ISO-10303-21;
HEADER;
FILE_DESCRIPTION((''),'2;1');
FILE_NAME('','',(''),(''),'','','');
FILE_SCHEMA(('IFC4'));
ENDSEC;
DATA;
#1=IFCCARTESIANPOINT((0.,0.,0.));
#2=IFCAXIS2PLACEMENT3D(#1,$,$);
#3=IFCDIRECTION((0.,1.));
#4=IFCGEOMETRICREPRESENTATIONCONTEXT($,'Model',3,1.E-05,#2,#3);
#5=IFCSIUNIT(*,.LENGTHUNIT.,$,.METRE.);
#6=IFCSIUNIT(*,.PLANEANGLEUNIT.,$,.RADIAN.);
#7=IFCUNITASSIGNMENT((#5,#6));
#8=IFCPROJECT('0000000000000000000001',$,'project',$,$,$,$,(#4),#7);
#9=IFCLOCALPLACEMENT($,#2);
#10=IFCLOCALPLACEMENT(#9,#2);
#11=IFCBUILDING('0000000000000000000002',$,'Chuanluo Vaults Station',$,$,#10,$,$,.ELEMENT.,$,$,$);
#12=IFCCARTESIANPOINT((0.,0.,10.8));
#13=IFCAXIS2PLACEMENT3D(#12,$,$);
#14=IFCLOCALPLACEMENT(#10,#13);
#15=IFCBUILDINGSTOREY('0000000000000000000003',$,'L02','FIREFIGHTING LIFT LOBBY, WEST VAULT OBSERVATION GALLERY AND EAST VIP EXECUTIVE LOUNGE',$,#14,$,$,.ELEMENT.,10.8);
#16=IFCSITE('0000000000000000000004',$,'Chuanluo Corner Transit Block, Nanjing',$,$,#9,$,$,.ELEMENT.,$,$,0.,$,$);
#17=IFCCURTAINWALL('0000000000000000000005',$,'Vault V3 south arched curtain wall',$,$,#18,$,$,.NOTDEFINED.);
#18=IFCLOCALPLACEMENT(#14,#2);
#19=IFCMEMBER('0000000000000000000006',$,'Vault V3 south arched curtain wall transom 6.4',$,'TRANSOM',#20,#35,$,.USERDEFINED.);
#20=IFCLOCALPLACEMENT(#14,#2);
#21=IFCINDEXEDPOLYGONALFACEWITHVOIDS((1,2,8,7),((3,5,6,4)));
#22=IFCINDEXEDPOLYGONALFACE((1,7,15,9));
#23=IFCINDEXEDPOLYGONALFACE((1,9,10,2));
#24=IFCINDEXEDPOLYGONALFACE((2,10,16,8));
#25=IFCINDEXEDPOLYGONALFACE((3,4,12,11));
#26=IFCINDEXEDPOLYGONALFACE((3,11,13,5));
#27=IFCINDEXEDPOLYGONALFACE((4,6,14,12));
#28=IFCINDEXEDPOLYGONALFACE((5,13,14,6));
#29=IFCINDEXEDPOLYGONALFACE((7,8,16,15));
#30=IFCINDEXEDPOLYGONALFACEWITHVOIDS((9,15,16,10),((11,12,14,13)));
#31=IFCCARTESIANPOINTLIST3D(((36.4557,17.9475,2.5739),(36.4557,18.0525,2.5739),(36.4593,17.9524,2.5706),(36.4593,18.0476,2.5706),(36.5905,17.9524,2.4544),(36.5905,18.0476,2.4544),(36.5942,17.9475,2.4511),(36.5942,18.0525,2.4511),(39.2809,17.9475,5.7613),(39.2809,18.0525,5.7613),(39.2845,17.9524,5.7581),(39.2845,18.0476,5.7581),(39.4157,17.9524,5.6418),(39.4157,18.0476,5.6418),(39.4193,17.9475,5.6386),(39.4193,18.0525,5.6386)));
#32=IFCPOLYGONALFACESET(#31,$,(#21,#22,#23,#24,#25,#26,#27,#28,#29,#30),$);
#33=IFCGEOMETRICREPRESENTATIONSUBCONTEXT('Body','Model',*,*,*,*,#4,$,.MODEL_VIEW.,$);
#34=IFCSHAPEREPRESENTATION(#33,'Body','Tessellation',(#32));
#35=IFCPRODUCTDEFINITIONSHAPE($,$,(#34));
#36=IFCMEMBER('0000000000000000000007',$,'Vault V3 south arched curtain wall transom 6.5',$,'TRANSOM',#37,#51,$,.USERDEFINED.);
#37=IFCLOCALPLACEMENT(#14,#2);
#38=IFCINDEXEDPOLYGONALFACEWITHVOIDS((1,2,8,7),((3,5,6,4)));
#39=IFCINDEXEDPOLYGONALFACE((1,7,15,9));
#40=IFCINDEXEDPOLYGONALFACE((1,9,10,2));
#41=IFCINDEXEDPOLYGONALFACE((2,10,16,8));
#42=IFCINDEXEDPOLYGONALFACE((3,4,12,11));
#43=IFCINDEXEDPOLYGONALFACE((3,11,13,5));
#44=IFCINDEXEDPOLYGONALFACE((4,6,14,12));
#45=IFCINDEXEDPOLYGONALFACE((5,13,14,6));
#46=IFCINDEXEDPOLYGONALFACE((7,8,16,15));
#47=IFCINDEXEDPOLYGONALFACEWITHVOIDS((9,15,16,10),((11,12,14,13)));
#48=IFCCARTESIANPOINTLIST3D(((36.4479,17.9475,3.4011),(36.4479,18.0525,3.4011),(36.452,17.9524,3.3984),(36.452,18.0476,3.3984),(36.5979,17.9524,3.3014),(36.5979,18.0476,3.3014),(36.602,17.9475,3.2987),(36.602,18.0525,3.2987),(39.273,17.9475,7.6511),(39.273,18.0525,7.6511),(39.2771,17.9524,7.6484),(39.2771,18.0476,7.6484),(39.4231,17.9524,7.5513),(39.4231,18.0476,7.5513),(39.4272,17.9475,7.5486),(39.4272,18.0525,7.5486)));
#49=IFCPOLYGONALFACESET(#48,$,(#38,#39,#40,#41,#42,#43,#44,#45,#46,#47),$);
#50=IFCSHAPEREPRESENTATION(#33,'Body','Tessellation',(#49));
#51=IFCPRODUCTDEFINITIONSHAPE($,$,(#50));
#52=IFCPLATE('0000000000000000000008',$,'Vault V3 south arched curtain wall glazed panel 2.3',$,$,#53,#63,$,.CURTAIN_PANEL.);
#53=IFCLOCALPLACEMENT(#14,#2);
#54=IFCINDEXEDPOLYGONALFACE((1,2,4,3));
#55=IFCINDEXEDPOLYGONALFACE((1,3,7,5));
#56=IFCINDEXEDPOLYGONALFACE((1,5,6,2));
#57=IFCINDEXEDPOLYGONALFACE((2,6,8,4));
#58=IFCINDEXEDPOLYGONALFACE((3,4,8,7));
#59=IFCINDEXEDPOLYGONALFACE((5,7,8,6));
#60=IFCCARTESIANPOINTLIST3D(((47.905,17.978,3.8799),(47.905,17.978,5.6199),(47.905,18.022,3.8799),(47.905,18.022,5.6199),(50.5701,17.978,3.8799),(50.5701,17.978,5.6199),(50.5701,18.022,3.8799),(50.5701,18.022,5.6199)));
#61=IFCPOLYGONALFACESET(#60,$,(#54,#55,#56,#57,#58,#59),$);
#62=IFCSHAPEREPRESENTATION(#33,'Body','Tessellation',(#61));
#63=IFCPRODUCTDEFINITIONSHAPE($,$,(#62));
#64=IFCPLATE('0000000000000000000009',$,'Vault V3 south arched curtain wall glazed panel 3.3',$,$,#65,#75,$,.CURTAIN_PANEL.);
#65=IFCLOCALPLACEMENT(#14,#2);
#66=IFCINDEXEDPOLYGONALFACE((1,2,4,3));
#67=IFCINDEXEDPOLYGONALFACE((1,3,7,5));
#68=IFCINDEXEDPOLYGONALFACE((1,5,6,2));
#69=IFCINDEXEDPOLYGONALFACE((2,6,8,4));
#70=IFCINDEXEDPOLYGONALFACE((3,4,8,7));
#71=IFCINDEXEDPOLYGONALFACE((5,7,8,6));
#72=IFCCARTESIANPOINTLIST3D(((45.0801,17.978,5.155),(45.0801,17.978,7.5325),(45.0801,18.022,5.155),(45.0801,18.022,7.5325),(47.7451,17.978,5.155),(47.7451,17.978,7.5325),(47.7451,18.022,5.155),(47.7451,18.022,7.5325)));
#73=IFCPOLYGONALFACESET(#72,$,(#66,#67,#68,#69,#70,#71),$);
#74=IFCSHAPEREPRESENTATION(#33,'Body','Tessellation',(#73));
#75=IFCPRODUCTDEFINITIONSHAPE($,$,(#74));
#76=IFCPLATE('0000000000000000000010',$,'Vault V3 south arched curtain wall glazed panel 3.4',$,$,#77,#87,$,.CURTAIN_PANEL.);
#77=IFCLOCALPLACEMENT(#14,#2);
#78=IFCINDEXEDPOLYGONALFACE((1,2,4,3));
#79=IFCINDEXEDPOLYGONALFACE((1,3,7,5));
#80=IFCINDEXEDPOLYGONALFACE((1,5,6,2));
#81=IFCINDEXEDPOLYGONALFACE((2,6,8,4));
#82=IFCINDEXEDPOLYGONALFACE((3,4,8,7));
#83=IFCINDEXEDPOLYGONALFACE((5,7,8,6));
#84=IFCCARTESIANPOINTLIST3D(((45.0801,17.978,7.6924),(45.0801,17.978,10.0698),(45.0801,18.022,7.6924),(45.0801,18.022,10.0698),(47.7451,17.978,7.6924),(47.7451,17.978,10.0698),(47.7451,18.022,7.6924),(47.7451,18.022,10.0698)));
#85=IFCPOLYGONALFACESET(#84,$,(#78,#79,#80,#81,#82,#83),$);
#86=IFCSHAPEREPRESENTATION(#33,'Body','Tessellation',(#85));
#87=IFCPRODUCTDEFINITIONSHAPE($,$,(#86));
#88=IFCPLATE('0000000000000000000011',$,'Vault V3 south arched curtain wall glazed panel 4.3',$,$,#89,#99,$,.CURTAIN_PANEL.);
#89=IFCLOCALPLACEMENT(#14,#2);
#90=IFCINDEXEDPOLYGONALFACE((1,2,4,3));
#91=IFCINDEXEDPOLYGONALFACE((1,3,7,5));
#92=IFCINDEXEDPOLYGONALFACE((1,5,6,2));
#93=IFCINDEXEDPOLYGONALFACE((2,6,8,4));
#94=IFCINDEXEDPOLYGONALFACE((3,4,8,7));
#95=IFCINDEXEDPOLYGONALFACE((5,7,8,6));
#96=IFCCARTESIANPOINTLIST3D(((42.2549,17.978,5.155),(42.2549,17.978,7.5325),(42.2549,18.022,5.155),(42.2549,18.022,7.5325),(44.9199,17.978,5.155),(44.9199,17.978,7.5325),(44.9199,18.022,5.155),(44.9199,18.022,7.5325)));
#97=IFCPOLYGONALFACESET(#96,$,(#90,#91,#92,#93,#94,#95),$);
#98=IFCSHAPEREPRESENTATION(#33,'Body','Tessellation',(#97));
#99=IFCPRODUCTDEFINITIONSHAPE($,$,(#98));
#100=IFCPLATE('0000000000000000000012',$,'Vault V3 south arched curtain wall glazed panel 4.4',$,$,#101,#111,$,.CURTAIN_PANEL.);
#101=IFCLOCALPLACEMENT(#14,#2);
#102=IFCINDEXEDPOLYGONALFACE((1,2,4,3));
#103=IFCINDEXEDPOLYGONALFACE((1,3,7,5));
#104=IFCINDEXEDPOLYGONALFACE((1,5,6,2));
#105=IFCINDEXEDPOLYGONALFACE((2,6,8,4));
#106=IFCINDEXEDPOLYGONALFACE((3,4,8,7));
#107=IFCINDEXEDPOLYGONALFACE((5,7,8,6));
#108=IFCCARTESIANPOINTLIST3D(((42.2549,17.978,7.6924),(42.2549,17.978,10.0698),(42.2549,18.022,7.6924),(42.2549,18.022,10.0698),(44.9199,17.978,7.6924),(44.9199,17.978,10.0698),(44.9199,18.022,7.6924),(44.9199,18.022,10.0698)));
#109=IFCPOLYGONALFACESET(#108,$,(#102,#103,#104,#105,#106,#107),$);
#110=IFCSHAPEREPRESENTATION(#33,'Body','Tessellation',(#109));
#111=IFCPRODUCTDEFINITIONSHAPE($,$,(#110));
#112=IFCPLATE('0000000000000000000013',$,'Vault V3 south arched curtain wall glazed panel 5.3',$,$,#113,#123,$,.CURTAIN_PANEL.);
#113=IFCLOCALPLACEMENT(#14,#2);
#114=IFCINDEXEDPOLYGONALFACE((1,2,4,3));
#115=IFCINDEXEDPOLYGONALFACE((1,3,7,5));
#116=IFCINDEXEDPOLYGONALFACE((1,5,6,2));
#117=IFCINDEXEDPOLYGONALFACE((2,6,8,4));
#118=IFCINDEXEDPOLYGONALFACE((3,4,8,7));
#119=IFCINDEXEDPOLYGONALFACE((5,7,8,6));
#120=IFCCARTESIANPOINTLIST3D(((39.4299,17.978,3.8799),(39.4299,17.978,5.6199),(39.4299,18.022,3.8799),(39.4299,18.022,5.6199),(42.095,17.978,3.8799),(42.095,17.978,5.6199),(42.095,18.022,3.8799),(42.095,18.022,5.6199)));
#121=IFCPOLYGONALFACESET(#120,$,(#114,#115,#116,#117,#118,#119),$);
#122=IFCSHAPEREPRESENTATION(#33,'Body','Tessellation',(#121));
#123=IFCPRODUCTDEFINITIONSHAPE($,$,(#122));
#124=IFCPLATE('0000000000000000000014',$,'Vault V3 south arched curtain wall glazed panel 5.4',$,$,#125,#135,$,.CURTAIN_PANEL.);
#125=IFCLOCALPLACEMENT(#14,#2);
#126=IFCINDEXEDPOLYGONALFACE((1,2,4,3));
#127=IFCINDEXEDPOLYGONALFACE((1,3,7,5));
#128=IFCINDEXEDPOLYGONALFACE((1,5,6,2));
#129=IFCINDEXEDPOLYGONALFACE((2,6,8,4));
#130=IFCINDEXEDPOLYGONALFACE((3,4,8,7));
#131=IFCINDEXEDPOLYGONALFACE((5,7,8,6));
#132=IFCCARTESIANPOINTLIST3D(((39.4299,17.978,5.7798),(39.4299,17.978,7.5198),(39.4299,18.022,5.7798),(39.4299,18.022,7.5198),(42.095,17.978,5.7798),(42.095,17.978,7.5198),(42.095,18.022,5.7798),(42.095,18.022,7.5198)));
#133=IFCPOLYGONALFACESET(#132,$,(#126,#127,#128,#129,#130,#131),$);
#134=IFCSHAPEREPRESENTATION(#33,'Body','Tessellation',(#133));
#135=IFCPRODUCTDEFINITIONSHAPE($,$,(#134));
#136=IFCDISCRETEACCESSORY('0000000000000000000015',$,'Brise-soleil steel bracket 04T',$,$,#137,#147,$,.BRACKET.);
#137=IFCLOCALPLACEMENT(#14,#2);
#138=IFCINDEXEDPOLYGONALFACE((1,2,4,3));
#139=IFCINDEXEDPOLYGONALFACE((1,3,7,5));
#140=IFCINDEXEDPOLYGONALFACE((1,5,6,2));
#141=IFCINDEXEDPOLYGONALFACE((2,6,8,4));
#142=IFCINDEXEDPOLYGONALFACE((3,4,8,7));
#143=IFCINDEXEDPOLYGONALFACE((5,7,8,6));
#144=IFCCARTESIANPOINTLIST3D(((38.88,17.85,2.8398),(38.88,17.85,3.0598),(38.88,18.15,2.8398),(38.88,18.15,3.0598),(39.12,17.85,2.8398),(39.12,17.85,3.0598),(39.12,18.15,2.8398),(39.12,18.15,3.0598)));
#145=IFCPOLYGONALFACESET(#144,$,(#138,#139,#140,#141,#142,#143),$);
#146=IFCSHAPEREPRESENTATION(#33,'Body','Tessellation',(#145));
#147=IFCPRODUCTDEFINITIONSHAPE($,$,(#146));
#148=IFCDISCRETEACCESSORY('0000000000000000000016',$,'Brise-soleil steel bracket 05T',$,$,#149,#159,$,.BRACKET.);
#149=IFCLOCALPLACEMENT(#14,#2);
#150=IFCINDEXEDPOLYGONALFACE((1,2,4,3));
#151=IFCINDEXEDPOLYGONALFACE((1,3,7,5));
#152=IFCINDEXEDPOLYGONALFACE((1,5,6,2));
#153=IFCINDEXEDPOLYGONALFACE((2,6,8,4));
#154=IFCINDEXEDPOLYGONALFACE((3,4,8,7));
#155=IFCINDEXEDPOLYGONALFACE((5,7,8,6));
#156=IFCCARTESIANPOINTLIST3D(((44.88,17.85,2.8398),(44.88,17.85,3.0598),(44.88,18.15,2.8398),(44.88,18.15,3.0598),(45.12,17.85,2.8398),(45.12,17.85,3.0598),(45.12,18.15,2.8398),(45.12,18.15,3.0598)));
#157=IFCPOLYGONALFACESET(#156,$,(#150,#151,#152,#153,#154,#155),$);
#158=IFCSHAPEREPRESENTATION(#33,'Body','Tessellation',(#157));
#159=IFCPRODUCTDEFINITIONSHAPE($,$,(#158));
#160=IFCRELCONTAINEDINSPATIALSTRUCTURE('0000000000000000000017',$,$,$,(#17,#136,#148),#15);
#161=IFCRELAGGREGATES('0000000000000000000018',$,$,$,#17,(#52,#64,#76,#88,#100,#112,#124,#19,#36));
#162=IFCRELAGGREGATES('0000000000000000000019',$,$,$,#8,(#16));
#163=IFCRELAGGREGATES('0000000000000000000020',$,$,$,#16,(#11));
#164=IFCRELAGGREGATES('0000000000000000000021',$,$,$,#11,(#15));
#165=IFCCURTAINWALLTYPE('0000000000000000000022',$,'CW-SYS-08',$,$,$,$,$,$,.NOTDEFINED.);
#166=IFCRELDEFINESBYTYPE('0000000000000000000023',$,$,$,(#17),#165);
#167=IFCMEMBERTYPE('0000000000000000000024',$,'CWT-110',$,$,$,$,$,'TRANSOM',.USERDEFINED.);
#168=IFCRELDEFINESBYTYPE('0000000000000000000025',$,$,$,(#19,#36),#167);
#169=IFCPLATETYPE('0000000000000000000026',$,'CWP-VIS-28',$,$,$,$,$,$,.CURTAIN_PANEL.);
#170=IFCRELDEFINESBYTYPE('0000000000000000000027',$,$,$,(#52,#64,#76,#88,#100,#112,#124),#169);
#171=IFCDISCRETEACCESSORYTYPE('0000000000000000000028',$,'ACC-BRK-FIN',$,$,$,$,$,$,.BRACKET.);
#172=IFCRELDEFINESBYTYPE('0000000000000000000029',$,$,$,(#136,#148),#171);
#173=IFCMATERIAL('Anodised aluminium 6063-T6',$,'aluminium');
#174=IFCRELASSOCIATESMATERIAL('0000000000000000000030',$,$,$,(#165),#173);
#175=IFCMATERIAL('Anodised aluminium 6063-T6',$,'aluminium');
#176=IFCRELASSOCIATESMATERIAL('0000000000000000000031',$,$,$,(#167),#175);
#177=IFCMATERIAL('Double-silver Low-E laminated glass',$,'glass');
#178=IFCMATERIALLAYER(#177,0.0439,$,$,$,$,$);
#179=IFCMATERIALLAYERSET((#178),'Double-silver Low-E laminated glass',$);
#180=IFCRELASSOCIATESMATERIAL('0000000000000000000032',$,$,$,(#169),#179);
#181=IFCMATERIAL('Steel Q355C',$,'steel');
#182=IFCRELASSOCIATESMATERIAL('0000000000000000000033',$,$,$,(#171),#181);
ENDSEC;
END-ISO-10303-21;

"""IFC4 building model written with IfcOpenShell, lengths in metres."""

from ifc_helpers import new_model, si_unit, direction, frame, origin, origin_2d, place, context, subcontext, project, spatial, rectangle, hollow_rectangle, extrude, material, layer, layer_set, material_profile, profile_set, type_object, element, aggregate, save


model = new_model("IFC4")

# Units and contexts
model_context = context("Model", 3, precision=1e-05, world=origin(), true_north=direction((0.0, 1.0)))
body_context = subcontext(model_context, "Body", "Model", "MODEL_VIEW")
ifc_project = project(units=[si_unit("LENGTHUNIT", "METRE"), si_unit("PLANEANGLEUNIT", "RADIAN")], contexts=[model_context])

# Site, building, storey
site_placement = place(None, origin())
site = spatial("IfcSite", under=ifc_project, at=site_placement, Name="Chuanluo Corner Transit Block, Nanjing", CompositionType="ELEMENT", RefElevation=0.0)
building_placement = place(site_placement, origin())
building = spatial("IfcBuilding", under=site, at=building_placement, Name="Chuanluo Vaults Station", CompositionType="ELEMENT")
storey_placement = place(building_placement, frame((0.0, 0.0, 10.8)))
storey = spatial("IfcBuildingStorey", under=building, at=storey_placement, Name="L02", Description="FIREFIGHTING LIFT LOBBY, WEST VAULT OBSERVATION GALLERY AND EAST VIP EXECUTIVE LOUNGE", CompositionType="ELEMENT", Elevation=10.8)

# Curtain wall, members, plates
ifc_material_1 = material(Name="Anodised aluminium 6063-T6", Category="aluminium")
curtain_wall_type = type_object("IfcCurtainWallType", Name="CW-SYS-08", PredefinedType="NOTDEFINED", material=ifc_material_1)
curtain_wall_placement = place(storey_placement, origin())
curtain_wall = element("IfcCurtainWall", 1, at=curtain_wall_placement, inside=storey, type_object=curtain_wall_type, Name="Vault V3 south arched curtain wall", PredefinedType="NOTDEFINED")
ifc_material_2 = material(Name="Anodised aluminium 6063-T6", Category="aluminium")
ifc_material_profile = material_profile(ifc_material_2, hollow_rectangle(XDim=0.105, YDim=0.1851, WallThickness=0.0049, at=origin_2d()))
ifc_profile_set = profile_set([ifc_material_profile], Name="Anodised aluminium 6063-T6")
member_type = type_object("IfcMemberType", Name="CWT-110", ElementType="TRANSOM", PredefinedType="USERDEFINED", material=ifc_profile_set)
member_1_placement = place(storey_placement, frame((39.3501, 18.0, 5.7), z_axis=(-0.663296, 0.0, -0.748357), x_axis=(0.0, -1.0, 0.0)))
member_1 = element("IfcMember", 2, at=member_1_placement, type_object=member_type, Name="Vault V3 south arched curtain wall transom 6.4", ObjectType="TRANSOM", PredefinedType="USERDEFINED", context=body_context, shape_type="SweptSolid", body=[
    extrude(hollow_rectangle(XDim=0.105, YDim=0.1851, WallThickness=0.0049, at=origin_2d()), origin(), (0.0, 0.0, 1.0), 4.2593),
])
member_2_placement = place(storey_placement, frame((39.3501, 18.0, 7.5999), z_axis=(-0.553596, 0.0, -0.832786), x_axis=(0.0, -1.0, 0.0)))
member_2 = element("IfcMember", 3, at=member_2_placement, type_object=member_type, Name="Vault V3 south arched curtain wall transom 6.5", ObjectType="TRANSOM", PredefinedType="USERDEFINED", context=body_context, shape_type="SweptSolid", body=[
    extrude(hollow_rectangle(XDim=0.105, YDim=0.1851, WallThickness=0.0049, at=origin_2d()), origin(), (0.0, 0.0, 1.0), 5.1033),
])
ifc_material_3 = material(Name="Double-silver Low-E laminated glass", Category="glass")
ifc_layer = layer(ifc_material_3, 0.0439)
ifc_layer_set = layer_set([ifc_layer], Name="Double-silver Low-E laminated glass")
plate_type = type_object("IfcPlateType", Name="CWP-VIS-28", PredefinedType="CURTAIN_PANEL", material=ifc_layer_set)
plate_1_placement = place(storey_placement, frame((49.2375, 18.0, 3.8799), z_axis=(0.0, 0.0, 1.0), x_axis=(-1.0, 0.0, 0.0)))
plate_1 = element("IfcPlate", 4, at=plate_1_placement, type_object=plate_type, Name="Vault V3 south arched curtain wall glazed panel 2.3", PredefinedType="CURTAIN_PANEL", context=body_context, shape_type="SweptSolid", body=[
    extrude(rectangle(XDim=2.665, YDim=0.0439, at=origin_2d()), origin(), (0.0, 0.0, 1.0), 1.74),
])
plate_2_placement = place(storey_placement, frame((46.4126, 18.0, 5.155), z_axis=(0.0, 0.0, 1.0), x_axis=(-1.0, 0.0, 0.0)))
plate_2 = element("IfcPlate", 5, at=plate_2_placement, type_object=plate_type, Name="Vault V3 south arched curtain wall glazed panel 3.3", PredefinedType="CURTAIN_PANEL", context=body_context, shape_type="SweptSolid", body=[
    extrude(rectangle(XDim=2.665, YDim=0.0439, at=origin_2d()), origin(), (0.0, 0.0, 1.0), 2.3774),
])
plate_3_placement = place(storey_placement, frame((46.4126, 18.0, 7.6924), z_axis=(0.0, 0.0, 1.0), x_axis=(-1.0, 0.0, 0.0)))
plate_3 = element("IfcPlate", 6, at=plate_3_placement, type_object=plate_type, Name="Vault V3 south arched curtain wall glazed panel 3.4", PredefinedType="CURTAIN_PANEL", context=body_context, shape_type="SweptSolid", body=[
    extrude(rectangle(XDim=2.665, YDim=0.0439, at=origin_2d()), origin(), (0.0, 0.0, 1.0), 2.3774),
])
plate_4_placement = place(storey_placement, frame((43.5874, 18.0, 5.155), z_axis=(0.0, 0.0, 1.0), x_axis=(-1.0, 0.0, 0.0)))
plate_4 = element("IfcPlate", 7, at=plate_4_placement, type_object=plate_type, Name="Vault V3 south arched curtain wall glazed panel 4.3", PredefinedType="CURTAIN_PANEL", context=body_context, shape_type="SweptSolid", body=[
    extrude(rectangle(XDim=2.665, YDim=0.0439, at=origin_2d()), origin(), (0.0, 0.0, 1.0), 2.3774),
])
plate_5_placement = place(storey_placement, frame((43.5874, 18.0, 7.6924), z_axis=(0.0, 0.0, 1.0), x_axis=(-1.0, 0.0, 0.0)))
plate_5 = element("IfcPlate", 8, at=plate_5_placement, type_object=plate_type, Name="Vault V3 south arched curtain wall glazed panel 4.4", PredefinedType="CURTAIN_PANEL", context=body_context, shape_type="SweptSolid", body=[
    extrude(rectangle(XDim=2.665, YDim=0.0439, at=origin_2d()), origin(), (0.0, 0.0, 1.0), 2.3774),
])
plate_6_placement = place(storey_placement, frame((40.7625, 18.0, 3.8799), z_axis=(0.0, 0.0, 1.0), x_axis=(-1.0, 0.0, 0.0)))
plate_6 = element("IfcPlate", 9, at=plate_6_placement, type_object=plate_type, Name="Vault V3 south arched curtain wall glazed panel 5.3", PredefinedType="CURTAIN_PANEL", context=body_context, shape_type="SweptSolid", body=[
    extrude(rectangle(XDim=2.665, YDim=0.0439, at=origin_2d()), origin(), (0.0, 0.0, 1.0), 1.74),
])
plate_7_placement = place(storey_placement, frame((40.7625, 18.0, 5.7798), z_axis=(0.0, 0.0, 1.0), x_axis=(-1.0, 0.0, 0.0)))
plate_7 = element("IfcPlate", 10, at=plate_7_placement, type_object=plate_type, Name="Vault V3 south arched curtain wall glazed panel 5.4", PredefinedType="CURTAIN_PANEL", context=body_context, shape_type="SweptSolid", body=[
    extrude(rectangle(XDim=2.665, YDim=0.0439, at=origin_2d()), origin(), (0.0, 0.0, 1.0), 1.74),
])
aggregate(curtain_wall, [plate_1, plate_2, plate_3, plate_4, plate_5, plate_6, plate_7, member_1, member_2])

# Discrete accessories
ifc_material_4 = material(Name="Steel Q355C", Category="steel")
discrete_accessory_type = type_object("IfcDiscreteAccessoryType", Name="ACC-BRK-FIN", PredefinedType="BRACKET", material=ifc_material_4)
for number, where, z_axis, x_axis, name in (
    (11, (39.0, 18.0, 2.8398), (0.0, 0.0, 1.0), (1.0, 0.0, 0.0), "Brise-soleil steel bracket 04T"),
    (12, (45.0, 18.0, 2.8398), (0.0, 0.0, 1.0), (1.0, 0.0, 0.0), "Brise-soleil steel bracket 05T"),
):
    element("IfcDiscreteAccessory", number, at=place(storey_placement, frame(where, z_axis=z_axis, x_axis=x_axis)), inside=storey, type_object=discrete_accessory_type, Name=name, PredefinedType="BRACKET", context=body_context, shape_type="SweptSolid", body=[
        extrude(rectangle(XDim=0.24, YDim=0.3, at=origin_2d()), origin(), (0.0, 0.0, 1.0), 0.22),
    ])

save(model, "model.ifc")
